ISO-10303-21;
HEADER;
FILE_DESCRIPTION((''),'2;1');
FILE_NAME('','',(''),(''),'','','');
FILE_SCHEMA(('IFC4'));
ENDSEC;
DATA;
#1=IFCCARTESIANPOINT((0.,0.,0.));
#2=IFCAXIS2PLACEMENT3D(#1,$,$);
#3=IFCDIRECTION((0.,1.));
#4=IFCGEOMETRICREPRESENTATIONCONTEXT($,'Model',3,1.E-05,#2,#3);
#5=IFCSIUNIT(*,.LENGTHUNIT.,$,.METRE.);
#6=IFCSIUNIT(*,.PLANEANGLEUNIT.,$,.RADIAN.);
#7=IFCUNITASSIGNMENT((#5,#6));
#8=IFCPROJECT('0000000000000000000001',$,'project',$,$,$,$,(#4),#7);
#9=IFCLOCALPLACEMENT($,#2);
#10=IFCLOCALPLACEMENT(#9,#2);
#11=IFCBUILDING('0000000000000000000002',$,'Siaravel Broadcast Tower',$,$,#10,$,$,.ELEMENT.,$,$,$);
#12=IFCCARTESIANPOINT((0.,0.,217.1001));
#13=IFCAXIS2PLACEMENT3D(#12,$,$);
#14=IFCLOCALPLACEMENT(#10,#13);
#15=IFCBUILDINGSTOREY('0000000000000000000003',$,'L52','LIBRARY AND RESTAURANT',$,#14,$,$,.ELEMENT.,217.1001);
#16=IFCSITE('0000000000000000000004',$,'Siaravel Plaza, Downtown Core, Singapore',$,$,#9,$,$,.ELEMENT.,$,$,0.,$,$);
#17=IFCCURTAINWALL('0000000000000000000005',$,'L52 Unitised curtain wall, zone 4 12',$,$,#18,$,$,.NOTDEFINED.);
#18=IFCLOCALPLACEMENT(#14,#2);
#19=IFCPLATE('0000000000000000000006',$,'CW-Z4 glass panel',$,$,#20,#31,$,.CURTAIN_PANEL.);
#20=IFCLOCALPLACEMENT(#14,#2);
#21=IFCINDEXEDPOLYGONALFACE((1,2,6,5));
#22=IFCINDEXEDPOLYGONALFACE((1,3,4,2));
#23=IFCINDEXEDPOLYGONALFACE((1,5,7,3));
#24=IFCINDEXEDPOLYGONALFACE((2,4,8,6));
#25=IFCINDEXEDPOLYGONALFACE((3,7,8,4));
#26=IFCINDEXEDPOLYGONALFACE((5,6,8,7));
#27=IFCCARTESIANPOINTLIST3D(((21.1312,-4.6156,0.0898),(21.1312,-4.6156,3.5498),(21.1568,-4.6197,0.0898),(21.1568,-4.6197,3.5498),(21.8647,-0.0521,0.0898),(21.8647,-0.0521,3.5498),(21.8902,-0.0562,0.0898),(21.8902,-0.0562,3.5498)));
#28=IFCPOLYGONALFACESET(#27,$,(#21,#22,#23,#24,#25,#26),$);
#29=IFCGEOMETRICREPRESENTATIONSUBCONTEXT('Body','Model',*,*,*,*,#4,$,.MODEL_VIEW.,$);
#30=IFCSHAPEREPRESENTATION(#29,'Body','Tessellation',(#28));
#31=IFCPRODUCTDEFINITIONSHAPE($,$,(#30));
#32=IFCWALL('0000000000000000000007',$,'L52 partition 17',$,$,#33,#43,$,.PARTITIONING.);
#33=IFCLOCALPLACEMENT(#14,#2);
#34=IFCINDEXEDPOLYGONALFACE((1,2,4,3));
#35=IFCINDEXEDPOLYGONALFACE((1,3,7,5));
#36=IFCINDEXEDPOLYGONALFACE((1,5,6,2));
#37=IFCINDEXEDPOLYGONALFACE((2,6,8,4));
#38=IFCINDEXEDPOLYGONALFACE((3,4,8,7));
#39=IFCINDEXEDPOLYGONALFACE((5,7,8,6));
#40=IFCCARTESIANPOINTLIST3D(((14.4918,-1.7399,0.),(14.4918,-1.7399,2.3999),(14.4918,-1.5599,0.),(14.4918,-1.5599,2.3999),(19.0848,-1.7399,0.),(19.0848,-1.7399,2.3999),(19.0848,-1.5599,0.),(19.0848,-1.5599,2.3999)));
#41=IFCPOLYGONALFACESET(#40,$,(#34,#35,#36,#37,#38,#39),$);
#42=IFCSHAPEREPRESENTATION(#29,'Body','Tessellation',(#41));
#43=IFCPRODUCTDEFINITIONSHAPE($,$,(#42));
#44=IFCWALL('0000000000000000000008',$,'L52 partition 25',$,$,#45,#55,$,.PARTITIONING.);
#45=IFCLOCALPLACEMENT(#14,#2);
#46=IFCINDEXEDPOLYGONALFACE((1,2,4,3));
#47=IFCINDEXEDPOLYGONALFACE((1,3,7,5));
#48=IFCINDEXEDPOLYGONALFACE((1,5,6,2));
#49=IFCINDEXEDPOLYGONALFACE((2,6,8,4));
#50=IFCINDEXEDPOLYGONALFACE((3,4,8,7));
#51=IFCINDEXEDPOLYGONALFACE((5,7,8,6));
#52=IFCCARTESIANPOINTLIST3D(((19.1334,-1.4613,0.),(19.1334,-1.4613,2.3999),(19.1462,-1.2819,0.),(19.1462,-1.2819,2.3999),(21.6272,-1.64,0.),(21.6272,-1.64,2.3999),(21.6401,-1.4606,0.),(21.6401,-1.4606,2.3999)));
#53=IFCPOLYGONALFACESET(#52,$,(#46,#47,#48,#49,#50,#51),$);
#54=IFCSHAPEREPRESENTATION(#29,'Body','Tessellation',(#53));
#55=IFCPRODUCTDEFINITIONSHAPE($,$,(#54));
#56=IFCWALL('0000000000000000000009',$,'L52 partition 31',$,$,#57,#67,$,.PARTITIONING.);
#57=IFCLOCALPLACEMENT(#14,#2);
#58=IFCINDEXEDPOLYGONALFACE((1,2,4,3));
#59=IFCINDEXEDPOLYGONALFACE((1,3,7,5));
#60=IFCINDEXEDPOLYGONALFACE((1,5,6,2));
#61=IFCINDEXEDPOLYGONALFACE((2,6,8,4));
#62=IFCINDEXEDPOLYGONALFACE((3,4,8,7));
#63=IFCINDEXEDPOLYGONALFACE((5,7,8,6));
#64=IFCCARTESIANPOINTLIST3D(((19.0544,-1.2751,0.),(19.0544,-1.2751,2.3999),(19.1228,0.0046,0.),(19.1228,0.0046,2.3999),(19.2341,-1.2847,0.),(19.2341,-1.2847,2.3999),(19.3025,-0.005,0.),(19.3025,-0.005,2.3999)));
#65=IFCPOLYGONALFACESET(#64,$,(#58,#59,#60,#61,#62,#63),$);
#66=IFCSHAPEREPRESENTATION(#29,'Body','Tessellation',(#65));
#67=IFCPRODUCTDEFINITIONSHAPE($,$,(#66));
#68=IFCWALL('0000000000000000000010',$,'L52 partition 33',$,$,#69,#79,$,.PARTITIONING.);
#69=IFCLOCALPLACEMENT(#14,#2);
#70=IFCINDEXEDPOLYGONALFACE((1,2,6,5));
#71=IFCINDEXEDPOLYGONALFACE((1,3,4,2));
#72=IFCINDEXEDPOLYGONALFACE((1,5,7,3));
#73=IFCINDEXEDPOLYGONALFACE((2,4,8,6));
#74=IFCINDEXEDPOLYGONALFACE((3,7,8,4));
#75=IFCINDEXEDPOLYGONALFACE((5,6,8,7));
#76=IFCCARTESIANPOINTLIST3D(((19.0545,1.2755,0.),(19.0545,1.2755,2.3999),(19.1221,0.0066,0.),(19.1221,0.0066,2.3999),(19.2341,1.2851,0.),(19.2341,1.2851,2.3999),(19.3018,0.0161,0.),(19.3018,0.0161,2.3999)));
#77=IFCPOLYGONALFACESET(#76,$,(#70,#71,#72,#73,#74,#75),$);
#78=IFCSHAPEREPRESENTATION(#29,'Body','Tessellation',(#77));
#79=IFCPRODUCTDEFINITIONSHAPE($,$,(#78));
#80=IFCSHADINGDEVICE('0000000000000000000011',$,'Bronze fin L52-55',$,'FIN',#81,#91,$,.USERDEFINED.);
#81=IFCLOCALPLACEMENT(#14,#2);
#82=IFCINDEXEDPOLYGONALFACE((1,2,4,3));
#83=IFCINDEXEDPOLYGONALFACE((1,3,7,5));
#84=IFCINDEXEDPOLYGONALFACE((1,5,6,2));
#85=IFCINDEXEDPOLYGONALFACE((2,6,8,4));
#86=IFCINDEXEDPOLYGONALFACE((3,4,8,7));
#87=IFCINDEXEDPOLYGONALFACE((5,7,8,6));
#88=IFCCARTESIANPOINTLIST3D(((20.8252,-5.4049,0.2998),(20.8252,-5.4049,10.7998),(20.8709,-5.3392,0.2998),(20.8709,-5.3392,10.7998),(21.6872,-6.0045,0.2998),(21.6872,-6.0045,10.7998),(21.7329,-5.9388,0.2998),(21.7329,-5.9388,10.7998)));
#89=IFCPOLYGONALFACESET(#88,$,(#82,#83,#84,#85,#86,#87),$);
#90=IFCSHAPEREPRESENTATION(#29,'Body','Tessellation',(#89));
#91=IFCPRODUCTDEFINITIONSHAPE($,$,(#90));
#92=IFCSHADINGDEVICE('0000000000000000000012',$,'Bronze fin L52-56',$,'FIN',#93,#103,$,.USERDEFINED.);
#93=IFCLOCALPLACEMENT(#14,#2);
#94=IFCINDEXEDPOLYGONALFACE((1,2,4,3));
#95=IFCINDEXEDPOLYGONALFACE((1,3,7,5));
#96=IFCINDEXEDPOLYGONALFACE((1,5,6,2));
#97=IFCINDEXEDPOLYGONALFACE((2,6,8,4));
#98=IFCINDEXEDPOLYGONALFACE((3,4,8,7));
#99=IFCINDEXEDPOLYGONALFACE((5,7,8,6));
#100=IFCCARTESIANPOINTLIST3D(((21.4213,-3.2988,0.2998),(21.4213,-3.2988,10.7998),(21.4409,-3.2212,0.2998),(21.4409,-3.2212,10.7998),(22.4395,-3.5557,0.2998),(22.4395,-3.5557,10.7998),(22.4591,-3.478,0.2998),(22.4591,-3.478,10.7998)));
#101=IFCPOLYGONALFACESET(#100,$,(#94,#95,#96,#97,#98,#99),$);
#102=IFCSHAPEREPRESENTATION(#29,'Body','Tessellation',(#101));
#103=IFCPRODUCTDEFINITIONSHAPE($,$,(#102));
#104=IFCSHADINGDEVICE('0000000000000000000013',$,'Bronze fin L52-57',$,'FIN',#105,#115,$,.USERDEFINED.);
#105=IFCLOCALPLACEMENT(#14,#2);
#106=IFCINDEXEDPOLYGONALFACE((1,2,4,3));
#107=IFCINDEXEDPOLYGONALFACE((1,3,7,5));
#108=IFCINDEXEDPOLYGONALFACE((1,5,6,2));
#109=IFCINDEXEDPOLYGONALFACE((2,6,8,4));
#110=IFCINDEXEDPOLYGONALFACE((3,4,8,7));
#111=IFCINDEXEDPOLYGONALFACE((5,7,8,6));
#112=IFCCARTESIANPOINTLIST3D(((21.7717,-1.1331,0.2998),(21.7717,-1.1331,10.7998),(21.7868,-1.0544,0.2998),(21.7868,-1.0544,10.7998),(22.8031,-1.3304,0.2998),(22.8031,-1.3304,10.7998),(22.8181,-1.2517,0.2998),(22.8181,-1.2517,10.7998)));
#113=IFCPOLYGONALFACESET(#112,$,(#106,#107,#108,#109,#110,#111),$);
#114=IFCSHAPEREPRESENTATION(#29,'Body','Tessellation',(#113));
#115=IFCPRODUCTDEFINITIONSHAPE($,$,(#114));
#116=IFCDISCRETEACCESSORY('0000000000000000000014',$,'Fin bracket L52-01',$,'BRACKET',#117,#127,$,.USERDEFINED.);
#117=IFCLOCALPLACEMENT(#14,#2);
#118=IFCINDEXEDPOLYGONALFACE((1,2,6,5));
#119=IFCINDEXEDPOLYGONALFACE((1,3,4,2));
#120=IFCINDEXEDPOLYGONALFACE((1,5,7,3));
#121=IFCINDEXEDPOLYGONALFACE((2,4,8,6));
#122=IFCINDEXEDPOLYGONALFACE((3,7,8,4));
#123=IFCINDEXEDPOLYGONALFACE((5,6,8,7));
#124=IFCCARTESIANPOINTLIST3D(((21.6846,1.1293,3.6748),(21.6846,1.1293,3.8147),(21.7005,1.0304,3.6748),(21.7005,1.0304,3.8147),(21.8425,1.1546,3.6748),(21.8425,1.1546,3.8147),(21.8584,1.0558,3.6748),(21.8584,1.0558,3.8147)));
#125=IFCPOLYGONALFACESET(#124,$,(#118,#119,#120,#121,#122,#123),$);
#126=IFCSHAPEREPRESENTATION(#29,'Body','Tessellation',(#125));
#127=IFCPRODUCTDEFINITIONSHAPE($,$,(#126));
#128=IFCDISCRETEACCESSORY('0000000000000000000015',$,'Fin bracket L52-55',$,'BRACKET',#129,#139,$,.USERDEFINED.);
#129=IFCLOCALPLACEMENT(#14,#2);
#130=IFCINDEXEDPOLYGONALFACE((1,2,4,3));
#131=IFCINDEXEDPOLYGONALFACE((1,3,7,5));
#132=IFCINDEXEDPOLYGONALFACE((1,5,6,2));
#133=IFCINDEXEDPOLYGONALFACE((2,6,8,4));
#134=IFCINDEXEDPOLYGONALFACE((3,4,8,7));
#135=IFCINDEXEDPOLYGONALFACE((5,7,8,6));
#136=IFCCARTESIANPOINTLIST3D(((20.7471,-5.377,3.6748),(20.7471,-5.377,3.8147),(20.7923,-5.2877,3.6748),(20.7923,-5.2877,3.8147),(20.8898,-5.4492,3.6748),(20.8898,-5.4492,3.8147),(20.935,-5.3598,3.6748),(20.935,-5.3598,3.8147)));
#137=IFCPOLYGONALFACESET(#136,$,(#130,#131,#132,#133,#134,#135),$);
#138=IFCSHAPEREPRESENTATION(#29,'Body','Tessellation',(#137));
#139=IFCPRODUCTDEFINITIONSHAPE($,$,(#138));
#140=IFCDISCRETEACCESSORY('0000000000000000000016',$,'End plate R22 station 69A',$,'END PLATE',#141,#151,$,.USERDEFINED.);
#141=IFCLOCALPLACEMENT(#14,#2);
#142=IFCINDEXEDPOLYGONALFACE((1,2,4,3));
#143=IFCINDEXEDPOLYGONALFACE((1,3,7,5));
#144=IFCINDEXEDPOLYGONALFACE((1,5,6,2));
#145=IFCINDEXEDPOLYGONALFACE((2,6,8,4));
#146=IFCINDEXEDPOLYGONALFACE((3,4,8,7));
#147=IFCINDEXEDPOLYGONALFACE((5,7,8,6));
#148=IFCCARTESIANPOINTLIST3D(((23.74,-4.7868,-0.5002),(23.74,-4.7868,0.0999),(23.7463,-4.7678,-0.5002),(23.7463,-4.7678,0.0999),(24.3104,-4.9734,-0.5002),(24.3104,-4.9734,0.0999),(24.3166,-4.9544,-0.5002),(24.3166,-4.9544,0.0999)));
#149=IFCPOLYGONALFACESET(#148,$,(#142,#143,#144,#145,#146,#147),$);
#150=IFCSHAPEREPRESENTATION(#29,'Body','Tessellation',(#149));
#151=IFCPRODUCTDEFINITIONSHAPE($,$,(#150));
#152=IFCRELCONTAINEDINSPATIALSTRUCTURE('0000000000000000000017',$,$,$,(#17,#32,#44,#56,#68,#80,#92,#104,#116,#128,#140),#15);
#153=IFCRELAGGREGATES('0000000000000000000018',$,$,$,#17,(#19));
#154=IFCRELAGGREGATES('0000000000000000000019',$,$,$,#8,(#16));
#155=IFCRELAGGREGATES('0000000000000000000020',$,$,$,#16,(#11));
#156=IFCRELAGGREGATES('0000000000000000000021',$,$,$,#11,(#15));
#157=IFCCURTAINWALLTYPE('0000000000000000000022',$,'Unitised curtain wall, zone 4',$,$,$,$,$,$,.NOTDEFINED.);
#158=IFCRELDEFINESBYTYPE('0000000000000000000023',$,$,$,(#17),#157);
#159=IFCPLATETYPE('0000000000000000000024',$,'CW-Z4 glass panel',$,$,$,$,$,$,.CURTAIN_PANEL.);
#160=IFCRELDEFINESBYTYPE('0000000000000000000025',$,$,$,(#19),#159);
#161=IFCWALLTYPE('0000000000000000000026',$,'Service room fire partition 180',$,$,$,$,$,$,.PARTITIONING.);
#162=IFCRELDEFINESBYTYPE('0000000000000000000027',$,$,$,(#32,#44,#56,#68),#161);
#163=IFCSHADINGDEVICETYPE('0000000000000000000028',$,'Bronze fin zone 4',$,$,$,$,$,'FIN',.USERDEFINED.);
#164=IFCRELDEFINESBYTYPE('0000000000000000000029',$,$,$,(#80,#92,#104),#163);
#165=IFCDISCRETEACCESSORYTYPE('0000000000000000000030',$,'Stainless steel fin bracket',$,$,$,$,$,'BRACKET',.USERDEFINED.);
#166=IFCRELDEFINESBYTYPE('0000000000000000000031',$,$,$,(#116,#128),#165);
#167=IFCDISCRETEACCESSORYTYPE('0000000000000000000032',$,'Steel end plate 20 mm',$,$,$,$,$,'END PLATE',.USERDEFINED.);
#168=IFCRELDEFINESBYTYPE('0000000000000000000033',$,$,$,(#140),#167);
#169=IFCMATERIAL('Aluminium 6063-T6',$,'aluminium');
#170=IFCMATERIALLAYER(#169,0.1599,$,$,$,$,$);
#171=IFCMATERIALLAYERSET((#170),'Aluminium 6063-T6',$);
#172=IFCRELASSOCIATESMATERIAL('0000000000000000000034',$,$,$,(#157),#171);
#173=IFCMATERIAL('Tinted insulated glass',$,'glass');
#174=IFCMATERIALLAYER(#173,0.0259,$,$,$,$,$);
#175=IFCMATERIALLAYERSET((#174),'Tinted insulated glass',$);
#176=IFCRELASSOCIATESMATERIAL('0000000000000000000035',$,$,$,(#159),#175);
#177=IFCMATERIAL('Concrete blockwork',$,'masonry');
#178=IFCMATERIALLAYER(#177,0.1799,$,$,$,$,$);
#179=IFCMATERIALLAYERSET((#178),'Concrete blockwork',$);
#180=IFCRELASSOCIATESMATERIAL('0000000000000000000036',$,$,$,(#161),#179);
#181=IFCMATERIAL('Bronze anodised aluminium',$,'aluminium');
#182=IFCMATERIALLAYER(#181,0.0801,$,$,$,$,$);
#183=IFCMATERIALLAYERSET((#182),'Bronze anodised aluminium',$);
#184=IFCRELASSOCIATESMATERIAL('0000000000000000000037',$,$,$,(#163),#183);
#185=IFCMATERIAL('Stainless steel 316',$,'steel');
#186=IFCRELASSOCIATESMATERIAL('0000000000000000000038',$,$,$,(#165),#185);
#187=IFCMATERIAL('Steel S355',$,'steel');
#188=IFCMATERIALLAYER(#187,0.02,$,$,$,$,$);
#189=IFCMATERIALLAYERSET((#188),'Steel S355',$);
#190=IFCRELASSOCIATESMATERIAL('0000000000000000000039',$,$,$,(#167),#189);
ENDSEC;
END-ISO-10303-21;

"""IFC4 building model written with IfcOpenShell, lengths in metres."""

from ifc_helpers import new_model, si_unit, direction, frame, frame_2d, origin, origin_2d, place, context, subcontext, project, spatial, rectangle, extrude, material, layer, layer_set, type_object, element, aggregate, save


model = new_model("IFC4")

# Units and contexts
model_context = context("Model", 3, precision=1e-05, world=origin(), true_north=direction((0.0, 1.0)))
body_context = subcontext(model_context, "Body", "Model", "MODEL_VIEW")
ifc_project = project(units=[si_unit("LENGTHUNIT", "METRE"), si_unit("PLANEANGLEUNIT", "RADIAN")], contexts=[model_context])

# Site, building, storey
site_placement = place(None, origin())
site = spatial("IfcSite", under=ifc_project, at=site_placement, Name="Siaravel Plaza, Downtown Core, Singapore", CompositionType="ELEMENT", RefElevation=0.0)
building_placement = place(site_placement, origin())
building = spatial("IfcBuilding", under=site, at=building_placement, Name="Siaravel Broadcast Tower", CompositionType="ELEMENT")
storey_placement = place(building_placement, frame((0.0, 0.0, 217.1001)))
storey = spatial("IfcBuildingStorey", under=building, at=storey_placement, Name="L52", Description="LIBRARY AND RESTAURANT", CompositionType="ELEMENT", Elevation=217.1001)

# Shared definitions
ifc_material_1 = material(Name="Steel S355", Category="steel")

# Shared definitions
ifc_material_2 = material(Name="Aluminium 6063-T6", Category="aluminium")
ifc_layer_1 = layer(ifc_material_2, 0.1599)
ifc_layer_set_1 = layer_set([ifc_layer_1], Name="Aluminium 6063-T6")
curtain_wall_type = type_object("IfcCurtainWallType", Name="Unitised curtain wall, zone 4", PredefinedType="NOTDEFINED", material=ifc_layer_set_1)

# Curtain wall
curtain_wall_1_placement = place(storey_placement, origin())
curtain_wall_1 = element("IfcCurtainWall", 1, at=curtain_wall_1_placement, inside=storey, type_object=curtain_wall_type, Name="L52 Unitised curtain wall, zone 4 12", PredefinedType="NOTDEFINED")

# Plate
ifc_material_3 = material(Name="Tinted insulated glass", Category="glass")
ifc_layer_2 = layer(ifc_material_3, 0.0259)
ifc_layer_set_2 = layer_set([ifc_layer_2], Name="Tinted insulated glass")
plate_type = type_object("IfcPlateType", Name="CW-Z4 glass panel", PredefinedType="CURTAIN_PANEL", material=ifc_layer_set_2)
plate_placement = place(storey_placement, frame((21.5107, -2.3359, 0.0898), z_axis=(0.0, 0.0, 1.0), x_axis=(0.158685, 0.987329, 0.0)))
plate = element("IfcPlate", 2, at=plate_placement, type_object=plate_type, Name="CW-Z4 glass panel", PredefinedType="CURTAIN_PANEL", context=body_context, shape_type="SweptSolid", body=[
    extrude(rectangle(XDim=4.6221, YDim=0.0259, at=origin_2d()), origin(), (0.0, 0.0, 1.0), 3.46),
])
aggregate(curtain_wall_1, [plate])

# Walls
ifc_material_4 = material(Name="Concrete blockwork", Category="masonry")
ifc_layer_3 = layer(ifc_material_4, 0.1799)
ifc_layer_set_3 = layer_set([ifc_layer_3], Name="Concrete blockwork")
wall_type = type_object("IfcWallType", Name="Service room fire partition 180", PredefinedType="PARTITIONING", material=ifc_layer_set_3)
wall_1_placement = place(storey_placement, frame((14.4919, -1.6499, 0.0), z_axis=(0.0, 0.0, 1.0), x_axis=(1.0, 0.0, 0.0)))
element("IfcWall", 3, at=wall_1_placement, inside=storey, type_object=wall_type, Name="L52 partition 17", PredefinedType="PARTITIONING", context=body_context, shape_type="SweptSolid", body=[
    extrude(rectangle(XDim=4.593, YDim=0.1799, at=frame_2d((2.2964, 0.0))), origin(), (0.0, 0.0, 1.0), 2.3999),
])
wall_2_placement = place(storey_placement, frame((21.6335, -1.5503, 0.0), z_axis=(0.0, 0.0, 1.0), x_axis=(-0.997442, 0.071476, 0.0)))
element("IfcWall", 4, at=wall_2_placement, inside=storey, type_object=wall_type, Name="L52 partition 25", PredefinedType="PARTITIONING", context=body_context, shape_type="SweptSolid", body=[
    extrude(rectangle(XDim=2.5002, YDim=0.1799, at=frame_2d((1.25, 0.0))), origin(), (0.0, 0.0, 1.0), 2.3999),
])
wall_3_placement = place(storey_placement, frame((19.1443, -1.2798, 0.0), z_axis=(0.0, 0.0, 1.0), x_axis=(0.053339, 0.998576, 0.0)))
element("IfcWall", 5, at=wall_3_placement, inside=storey, type_object=wall_type, Name="L52 partition 31", PredefinedType="PARTITIONING", context=body_context, shape_type="SweptSolid", body=[
    extrude(rectangle(XDim=1.2815, YDim=0.1799, at=frame_2d((0.6406, 0.0))), origin(), (0.0, 0.0, 1.0), 2.3999),
])
wall_4_placement = place(storey_placement, frame((19.2119, 0.0115, 0.0), z_axis=(0.0, 0.0, 1.0), x_axis=(-0.053214, 0.998583, 0.0)))
element("IfcWall", 6, at=wall_4_placement, inside=storey, type_object=wall_type, Name="L52 partition 33", PredefinedType="PARTITIONING", context=body_context, shape_type="SweptSolid", body=[
    extrude(rectangle(XDim=1.2708, YDim=0.1799, at=frame_2d((0.6353, 0.0))), origin(), (0.0, 0.0, 1.0), 2.3999),
])

# Shading devices
ifc_material_5 = material(Name="Bronze anodised aluminium", Category="aluminium")
ifc_layer_4 = layer(ifc_material_5, 0.0801)
ifc_layer_set_4 = layer_set([ifc_layer_4], Name="Bronze anodised aluminium")
shading_device_type = type_object("IfcShadingDeviceType", Name="Bronze fin zone 4", ElementType="FIN", PredefinedType="USERDEFINED", material=ifc_layer_set_4)
for number, where, z_axis, x_axis, name in (
    (7, (21.2791, -5.6719, 0.2998), (0.0, 0.0, 1.0), (0.820939, -0.571016, 0.0), "Bronze fin L52-55"),
    (8, (21.9402, -3.3884, 0.2998), (0.0, 0.0, 1.0), (0.969632, -0.244568, 0.0), "Bronze fin L52-56"),
    (9, (22.2949, -1.1924, 0.2998), (0.0, 0.0, 1.0), (0.982191, -0.187887, 0.0), "Bronze fin L52-57"),
):
    element("IfcShadingDevice", number, at=place(storey_placement, frame(where, z_axis=z_axis, x_axis=x_axis)), inside=storey, type_object=shading_device_type, Name=name, ObjectType="FIN", PredefinedType="USERDEFINED", context=body_context, shape_type="SweptSolid", body=[
        extrude(rectangle(XDim=1.05, YDim=0.0801, at=origin_2d()), origin(), (0.0, 0.0, 1.0), 10.5),
    ])

# Discrete accessories
ifc_material_6 = material(Name="Stainless steel 316", Category="steel")
discrete_accessory_type_1 = type_object("IfcDiscreteAccessoryType", Name="Stainless steel fin bracket", ElementType="BRACKET", PredefinedType="USERDEFINED", material=ifc_material_6)
for number, where, z_axis, x_axis, name in (
    (10, (21.7715, 1.0925, 3.6748), (0.0, 0.0, 1.0), (0.987329, 0.158685, 0.0), "Fin bracket L52-01"),
    (11, (20.8411, -5.3684, 3.6748), (0.0, 0.0, 1.0), (0.892393, -0.451259, 0.0), "Fin bracket L52-55"),
):
    element("IfcDiscreteAccessory", number, at=place(storey_placement, frame(where, z_axis=z_axis, x_axis=x_axis)), inside=storey, type_object=discrete_accessory_type_1, Name=name, ObjectType="BRACKET", PredefinedType="USERDEFINED", context=body_context, shape_type="SweptSolid", body=[
        extrude(rectangle(XDim=0.1599, YDim=0.1001, at=origin_2d()), origin(), (0.0, 0.0, 1.0), 0.1399),
    ])
ifc_layer_5 = layer(ifc_material_1, 0.02)
ifc_layer_set_5 = layer_set([ifc_layer_5], Name="Steel S355")
discrete_accessory_type_2 = type_object("IfcDiscreteAccessoryType", Name="Steel end plate 20 mm", ElementType="END PLATE", PredefinedType="USERDEFINED", material=ifc_layer_set_5)
discrete_accessory_placement = place(storey_placement, frame((24.0283, -4.8706, -0.5002), z_axis=(0.0, 0.0, 1.0), x_axis=(0.31091, 0.950439, 0.0)))
element("IfcDiscreteAccessory", 12, at=discrete_accessory_placement, inside=storey, type_object=discrete_accessory_type_2, Name="End plate R22 station 69A", ObjectType="END PLATE", PredefinedType="USERDEFINED", context=body_context, shape_type="SweptSolid", body=[
    extrude(rectangle(XDim=0.02, YDim=0.6001, at=origin_2d()), origin(), (0.0, 0.0, 1.0), 0.6001),
])

save(model, "model.ifc")
